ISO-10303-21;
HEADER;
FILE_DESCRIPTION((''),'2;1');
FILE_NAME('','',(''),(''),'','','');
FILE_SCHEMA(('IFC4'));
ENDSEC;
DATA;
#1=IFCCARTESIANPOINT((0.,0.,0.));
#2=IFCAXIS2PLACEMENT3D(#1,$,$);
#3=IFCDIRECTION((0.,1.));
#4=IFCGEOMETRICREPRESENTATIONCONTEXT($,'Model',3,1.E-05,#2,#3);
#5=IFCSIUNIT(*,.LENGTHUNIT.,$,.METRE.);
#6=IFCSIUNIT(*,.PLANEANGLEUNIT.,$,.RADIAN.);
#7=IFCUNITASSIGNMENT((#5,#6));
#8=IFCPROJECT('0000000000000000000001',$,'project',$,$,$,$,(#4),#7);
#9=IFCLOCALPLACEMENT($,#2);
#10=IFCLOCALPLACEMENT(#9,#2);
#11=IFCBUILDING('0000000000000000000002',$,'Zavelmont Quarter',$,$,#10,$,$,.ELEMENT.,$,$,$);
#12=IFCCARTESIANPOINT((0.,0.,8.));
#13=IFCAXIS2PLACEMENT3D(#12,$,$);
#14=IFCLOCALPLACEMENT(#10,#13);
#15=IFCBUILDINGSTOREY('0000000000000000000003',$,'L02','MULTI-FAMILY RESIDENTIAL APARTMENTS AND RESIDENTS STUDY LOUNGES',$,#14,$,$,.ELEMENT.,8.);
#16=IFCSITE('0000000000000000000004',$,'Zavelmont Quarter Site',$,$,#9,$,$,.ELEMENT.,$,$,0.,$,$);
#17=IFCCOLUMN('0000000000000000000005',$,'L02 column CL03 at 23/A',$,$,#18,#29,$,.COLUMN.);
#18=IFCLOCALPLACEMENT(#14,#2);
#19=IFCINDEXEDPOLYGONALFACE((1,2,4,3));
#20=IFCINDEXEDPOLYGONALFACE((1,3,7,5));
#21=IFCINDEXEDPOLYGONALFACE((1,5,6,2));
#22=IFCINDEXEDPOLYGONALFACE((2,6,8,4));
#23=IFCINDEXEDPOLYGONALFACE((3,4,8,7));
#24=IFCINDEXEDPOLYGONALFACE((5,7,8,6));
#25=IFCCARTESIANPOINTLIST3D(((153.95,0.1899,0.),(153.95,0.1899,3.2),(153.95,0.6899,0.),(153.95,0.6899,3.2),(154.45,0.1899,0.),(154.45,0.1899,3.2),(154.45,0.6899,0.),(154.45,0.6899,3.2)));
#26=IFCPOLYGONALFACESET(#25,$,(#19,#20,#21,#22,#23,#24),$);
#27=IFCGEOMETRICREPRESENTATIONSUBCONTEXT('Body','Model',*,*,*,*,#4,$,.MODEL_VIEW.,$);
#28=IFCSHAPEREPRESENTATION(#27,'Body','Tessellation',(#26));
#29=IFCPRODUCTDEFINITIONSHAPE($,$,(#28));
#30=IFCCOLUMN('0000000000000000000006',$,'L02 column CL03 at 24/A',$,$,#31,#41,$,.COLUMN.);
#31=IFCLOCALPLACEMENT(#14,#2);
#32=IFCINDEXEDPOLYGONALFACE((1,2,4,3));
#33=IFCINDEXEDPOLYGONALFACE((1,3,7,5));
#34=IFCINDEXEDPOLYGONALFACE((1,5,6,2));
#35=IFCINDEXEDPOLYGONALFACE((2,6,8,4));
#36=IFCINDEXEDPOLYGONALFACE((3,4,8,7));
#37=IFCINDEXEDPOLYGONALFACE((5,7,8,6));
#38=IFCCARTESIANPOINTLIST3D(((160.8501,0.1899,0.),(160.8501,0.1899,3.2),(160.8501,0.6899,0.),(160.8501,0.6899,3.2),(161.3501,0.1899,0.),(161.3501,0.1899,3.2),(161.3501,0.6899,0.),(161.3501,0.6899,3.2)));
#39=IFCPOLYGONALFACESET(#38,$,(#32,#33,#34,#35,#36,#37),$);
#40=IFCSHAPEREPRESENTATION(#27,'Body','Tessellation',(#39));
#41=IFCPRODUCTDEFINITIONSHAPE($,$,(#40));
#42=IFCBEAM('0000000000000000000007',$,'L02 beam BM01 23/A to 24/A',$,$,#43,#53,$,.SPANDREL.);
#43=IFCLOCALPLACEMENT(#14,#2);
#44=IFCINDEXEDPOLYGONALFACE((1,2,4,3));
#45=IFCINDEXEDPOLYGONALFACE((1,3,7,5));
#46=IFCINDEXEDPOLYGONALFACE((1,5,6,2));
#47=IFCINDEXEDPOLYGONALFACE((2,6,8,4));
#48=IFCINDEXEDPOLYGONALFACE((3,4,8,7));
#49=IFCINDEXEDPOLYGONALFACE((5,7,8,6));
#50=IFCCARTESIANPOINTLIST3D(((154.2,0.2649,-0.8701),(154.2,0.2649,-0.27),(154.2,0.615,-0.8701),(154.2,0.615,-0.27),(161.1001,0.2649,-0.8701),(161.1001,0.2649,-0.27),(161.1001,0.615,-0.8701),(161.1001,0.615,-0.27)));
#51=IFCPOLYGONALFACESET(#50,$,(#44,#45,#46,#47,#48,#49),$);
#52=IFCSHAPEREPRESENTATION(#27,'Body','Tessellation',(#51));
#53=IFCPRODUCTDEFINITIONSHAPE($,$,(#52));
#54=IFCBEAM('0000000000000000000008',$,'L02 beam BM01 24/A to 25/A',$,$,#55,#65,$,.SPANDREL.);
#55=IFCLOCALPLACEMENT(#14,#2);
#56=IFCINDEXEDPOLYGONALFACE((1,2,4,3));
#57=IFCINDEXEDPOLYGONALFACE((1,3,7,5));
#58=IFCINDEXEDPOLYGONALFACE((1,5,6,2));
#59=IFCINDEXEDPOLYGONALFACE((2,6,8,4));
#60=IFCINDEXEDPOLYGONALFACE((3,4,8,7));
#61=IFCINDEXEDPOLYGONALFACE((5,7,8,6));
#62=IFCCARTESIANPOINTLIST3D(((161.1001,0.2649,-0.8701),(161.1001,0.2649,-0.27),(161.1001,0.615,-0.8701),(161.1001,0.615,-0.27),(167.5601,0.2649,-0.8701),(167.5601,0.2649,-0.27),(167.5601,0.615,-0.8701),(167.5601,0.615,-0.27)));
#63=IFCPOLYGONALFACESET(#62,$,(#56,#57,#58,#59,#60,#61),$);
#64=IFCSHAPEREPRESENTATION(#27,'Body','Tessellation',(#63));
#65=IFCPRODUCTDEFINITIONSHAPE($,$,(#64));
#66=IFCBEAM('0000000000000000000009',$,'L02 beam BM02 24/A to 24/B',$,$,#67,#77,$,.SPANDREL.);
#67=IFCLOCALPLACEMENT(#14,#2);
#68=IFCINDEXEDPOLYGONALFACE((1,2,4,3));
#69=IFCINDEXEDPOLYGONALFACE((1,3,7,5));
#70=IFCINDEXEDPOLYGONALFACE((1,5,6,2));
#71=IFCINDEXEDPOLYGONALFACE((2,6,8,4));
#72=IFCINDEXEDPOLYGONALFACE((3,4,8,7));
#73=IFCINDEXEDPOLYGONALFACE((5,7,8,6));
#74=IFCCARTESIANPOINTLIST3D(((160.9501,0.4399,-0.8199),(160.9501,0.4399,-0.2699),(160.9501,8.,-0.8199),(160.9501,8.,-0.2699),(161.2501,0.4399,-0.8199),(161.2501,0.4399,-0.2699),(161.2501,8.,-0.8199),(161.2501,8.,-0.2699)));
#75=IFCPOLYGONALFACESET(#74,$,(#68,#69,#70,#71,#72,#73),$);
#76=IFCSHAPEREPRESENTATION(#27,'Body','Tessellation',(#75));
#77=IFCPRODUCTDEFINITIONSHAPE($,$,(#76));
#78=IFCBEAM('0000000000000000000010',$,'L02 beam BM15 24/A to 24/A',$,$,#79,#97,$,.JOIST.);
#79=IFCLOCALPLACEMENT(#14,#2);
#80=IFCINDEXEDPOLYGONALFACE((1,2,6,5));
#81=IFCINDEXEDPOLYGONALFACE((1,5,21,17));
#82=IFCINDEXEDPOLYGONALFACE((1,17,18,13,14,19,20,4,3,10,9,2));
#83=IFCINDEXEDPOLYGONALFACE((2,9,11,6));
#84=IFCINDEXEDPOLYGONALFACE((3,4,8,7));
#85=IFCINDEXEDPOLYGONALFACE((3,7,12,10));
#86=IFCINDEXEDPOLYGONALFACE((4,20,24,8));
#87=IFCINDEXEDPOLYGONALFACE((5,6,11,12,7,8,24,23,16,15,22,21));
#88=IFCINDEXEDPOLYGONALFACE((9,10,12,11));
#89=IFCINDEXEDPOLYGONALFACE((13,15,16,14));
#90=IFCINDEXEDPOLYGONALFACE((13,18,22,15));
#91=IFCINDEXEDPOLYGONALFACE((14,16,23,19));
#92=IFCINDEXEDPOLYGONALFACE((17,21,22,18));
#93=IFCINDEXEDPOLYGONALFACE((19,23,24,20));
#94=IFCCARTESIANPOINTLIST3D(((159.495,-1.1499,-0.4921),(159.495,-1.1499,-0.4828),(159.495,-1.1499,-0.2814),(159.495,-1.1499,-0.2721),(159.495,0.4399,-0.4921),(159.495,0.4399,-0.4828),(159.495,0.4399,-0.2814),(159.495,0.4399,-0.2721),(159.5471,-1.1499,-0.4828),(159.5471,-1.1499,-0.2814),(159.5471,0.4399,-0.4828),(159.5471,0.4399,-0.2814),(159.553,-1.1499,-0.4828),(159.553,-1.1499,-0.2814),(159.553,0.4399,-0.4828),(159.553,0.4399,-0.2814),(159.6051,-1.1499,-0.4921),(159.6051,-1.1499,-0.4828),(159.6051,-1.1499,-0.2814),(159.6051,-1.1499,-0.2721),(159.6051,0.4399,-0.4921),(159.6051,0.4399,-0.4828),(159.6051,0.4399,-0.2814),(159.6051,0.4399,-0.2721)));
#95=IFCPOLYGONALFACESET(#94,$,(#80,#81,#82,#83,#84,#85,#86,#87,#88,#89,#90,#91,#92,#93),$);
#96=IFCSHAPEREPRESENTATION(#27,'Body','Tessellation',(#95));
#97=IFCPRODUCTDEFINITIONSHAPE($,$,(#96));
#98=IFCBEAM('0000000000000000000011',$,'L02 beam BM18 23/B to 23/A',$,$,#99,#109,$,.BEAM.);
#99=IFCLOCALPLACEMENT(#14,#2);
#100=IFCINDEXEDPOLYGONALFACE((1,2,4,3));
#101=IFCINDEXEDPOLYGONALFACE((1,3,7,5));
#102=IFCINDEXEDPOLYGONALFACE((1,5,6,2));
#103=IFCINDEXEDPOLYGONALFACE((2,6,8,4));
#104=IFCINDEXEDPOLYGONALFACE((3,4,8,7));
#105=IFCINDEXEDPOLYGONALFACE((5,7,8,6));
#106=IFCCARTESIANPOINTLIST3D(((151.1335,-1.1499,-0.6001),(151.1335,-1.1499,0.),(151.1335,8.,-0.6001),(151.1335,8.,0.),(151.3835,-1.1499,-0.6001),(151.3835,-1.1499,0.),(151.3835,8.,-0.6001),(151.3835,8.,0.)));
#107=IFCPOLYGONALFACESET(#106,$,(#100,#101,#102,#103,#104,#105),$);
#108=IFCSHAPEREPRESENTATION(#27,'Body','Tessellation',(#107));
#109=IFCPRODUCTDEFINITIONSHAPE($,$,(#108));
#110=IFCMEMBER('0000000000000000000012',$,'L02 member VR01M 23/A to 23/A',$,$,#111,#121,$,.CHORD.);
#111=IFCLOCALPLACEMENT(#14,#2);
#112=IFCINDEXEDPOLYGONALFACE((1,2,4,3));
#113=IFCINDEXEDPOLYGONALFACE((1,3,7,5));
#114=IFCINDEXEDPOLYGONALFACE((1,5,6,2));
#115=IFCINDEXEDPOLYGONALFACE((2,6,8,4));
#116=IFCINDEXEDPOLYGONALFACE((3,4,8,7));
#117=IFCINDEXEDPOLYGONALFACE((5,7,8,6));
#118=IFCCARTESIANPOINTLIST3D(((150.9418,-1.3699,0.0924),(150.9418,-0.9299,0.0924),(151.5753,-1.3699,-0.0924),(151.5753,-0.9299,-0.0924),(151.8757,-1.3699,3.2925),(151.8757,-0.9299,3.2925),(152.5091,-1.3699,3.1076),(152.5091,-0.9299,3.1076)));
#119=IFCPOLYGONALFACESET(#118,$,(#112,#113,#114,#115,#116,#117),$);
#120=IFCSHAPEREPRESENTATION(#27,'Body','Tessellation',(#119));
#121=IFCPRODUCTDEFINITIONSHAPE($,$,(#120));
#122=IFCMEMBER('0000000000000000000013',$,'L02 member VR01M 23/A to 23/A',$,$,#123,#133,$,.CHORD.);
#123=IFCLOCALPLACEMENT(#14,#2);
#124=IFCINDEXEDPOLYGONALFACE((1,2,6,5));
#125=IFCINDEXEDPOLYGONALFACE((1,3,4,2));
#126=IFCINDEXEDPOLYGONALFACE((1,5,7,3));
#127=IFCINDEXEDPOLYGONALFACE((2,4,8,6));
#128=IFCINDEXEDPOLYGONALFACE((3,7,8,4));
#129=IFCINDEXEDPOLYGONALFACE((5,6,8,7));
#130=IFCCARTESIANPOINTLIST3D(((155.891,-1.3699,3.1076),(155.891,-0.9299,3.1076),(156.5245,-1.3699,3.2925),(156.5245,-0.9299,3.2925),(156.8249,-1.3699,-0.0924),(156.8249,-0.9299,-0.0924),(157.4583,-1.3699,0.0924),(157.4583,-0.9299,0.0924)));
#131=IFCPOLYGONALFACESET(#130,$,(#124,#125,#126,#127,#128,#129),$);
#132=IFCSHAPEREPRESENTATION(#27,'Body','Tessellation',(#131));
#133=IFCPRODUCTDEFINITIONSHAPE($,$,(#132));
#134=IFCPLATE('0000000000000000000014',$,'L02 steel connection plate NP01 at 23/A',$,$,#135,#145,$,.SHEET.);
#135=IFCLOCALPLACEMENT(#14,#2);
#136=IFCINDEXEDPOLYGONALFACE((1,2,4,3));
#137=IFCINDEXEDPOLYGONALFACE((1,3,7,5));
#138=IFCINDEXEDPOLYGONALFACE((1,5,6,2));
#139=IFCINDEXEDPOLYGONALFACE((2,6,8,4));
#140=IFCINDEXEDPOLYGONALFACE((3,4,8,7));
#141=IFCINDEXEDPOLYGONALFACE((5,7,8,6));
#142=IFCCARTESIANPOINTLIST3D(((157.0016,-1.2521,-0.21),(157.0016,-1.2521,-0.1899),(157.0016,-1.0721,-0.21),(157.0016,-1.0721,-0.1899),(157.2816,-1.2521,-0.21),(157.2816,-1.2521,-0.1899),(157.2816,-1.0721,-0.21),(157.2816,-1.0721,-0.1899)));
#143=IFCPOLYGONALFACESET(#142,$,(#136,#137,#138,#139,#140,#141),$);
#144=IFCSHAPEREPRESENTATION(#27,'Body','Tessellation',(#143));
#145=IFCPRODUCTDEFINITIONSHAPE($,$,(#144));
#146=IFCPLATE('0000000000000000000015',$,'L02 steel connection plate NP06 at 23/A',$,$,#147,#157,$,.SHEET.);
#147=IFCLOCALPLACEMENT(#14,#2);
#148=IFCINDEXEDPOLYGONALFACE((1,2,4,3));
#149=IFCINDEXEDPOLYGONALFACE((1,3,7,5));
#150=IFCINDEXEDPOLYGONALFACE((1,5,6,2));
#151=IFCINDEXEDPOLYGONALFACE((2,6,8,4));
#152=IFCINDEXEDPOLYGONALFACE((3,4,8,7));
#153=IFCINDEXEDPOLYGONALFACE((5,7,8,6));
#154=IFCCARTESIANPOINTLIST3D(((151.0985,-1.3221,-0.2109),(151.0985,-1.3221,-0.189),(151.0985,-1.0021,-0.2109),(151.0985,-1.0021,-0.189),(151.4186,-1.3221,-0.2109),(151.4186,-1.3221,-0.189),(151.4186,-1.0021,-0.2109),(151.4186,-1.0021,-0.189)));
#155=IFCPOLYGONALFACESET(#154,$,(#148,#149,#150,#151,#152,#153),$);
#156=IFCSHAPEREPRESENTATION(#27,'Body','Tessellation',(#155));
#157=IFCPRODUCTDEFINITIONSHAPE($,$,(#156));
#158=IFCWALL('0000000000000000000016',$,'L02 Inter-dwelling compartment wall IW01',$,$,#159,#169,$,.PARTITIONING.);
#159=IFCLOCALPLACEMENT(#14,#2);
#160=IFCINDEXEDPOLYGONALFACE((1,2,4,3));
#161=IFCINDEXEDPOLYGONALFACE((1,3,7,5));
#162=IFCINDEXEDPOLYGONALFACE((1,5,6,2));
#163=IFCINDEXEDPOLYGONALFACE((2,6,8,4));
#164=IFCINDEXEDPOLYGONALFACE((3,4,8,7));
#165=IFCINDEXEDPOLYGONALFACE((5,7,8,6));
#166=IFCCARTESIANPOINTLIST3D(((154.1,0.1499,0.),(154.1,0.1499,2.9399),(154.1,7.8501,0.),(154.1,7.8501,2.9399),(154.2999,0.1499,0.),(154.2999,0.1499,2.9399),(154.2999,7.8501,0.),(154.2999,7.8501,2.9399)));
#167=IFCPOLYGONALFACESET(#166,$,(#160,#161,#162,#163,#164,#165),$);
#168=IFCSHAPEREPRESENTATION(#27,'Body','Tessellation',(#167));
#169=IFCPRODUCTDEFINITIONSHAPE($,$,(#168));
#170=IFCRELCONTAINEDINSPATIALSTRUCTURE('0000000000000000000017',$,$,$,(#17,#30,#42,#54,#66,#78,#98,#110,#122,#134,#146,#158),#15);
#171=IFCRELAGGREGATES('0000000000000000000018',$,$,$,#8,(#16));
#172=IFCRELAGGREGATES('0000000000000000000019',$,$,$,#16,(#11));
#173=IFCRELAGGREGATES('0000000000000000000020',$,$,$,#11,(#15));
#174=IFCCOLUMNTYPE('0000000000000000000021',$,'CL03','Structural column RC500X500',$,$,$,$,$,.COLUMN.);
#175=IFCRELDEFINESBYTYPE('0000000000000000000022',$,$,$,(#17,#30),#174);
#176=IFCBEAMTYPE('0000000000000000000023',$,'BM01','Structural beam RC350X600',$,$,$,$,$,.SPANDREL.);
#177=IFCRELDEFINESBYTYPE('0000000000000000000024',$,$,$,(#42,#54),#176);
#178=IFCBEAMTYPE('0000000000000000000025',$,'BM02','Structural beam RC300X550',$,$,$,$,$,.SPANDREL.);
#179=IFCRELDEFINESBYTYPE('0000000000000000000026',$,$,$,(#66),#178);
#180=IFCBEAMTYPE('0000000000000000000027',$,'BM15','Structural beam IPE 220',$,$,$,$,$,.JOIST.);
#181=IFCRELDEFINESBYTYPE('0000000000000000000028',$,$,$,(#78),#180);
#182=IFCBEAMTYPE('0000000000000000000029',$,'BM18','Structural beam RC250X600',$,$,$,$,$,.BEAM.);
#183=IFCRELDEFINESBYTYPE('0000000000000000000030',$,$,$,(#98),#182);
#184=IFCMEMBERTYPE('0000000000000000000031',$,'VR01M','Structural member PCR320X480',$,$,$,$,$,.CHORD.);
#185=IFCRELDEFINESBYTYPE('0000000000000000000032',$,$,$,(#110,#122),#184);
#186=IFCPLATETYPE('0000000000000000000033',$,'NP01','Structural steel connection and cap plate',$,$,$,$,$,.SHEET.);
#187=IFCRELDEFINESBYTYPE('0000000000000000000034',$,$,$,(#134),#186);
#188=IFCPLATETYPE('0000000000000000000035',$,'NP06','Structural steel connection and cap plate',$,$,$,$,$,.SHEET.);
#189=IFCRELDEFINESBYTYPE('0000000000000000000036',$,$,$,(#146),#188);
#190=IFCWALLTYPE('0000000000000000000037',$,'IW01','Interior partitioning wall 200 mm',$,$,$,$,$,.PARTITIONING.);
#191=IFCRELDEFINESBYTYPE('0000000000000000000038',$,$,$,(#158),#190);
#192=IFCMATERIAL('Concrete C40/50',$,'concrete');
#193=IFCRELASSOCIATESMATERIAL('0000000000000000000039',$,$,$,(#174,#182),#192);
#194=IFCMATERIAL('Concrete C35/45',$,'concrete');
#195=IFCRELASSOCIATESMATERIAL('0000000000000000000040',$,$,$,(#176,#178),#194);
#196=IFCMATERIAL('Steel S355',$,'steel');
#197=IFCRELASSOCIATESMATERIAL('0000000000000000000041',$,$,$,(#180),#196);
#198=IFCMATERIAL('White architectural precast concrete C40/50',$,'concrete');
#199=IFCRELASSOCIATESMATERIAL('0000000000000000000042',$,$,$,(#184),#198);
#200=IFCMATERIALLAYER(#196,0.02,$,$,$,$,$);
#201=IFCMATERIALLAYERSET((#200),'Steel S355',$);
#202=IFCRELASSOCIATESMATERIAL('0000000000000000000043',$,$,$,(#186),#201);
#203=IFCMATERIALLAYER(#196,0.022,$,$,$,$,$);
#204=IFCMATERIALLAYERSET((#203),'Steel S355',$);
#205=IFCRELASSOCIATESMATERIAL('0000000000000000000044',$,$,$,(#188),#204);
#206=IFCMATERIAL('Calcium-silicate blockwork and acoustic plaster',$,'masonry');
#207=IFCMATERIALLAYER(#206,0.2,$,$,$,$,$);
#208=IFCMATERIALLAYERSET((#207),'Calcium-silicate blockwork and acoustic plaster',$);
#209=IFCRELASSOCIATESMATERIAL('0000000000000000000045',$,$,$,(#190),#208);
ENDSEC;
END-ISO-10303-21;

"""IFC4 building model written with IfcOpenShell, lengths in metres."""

from ifc_helpers import new_model, si_unit, direction, frame, frame_2d, origin, origin_2d, place, context, subcontext, project, spatial, rectangle, i_section, extrude, material, layer, layer_set, material_profile, profile_set, type_object, element, save


model = new_model("IFC4")

# Units and contexts
model_context = context("Model", 3, precision=1e-05, world=origin(), true_north=direction((0.0, 1.0)))
body_context = subcontext(model_context, "Body", "Model", "MODEL_VIEW")
ifc_project = project(units=[si_unit("LENGTHUNIT", "METRE"), si_unit("PLANEANGLEUNIT", "RADIAN")], contexts=[model_context])

# Site, building, storey
site_placement = place(None, origin())
site = spatial("IfcSite", under=ifc_project, at=site_placement, Name="Zavelmont Quarter Site", CompositionType="ELEMENT", RefElevation=0.0)
building_placement = place(site_placement, origin())
building = spatial("IfcBuilding", under=site, at=building_placement, Name="Zavelmont Quarter", CompositionType="ELEMENT")
storey_placement = place(building_placement, frame((0.0, 0.0, 8.0)))
storey = spatial("IfcBuildingStorey", under=building, at=storey_placement, Name="L02", Description="MULTI-FAMILY RESIDENTIAL APARTMENTS AND RESIDENTS STUDY LOUNGES", CompositionType="ELEMENT", Elevation=8.0)

# Columns
ifc_material_1 = material(Name="Concrete C40/50", Category="concrete")
ifc_material_profile_1 = material_profile(ifc_material_1, rectangle(XDim=0.5, YDim=0.5, at=origin_2d()), Name="RC500X500")
ifc_profile_set_1 = profile_set([ifc_material_profile_1], Name="Concrete C40/50")
column_type = type_object("IfcColumnType", Name="CL03", Description="Structural column RC500X500", PredefinedType="COLUMN", material=ifc_profile_set_1)
for number, where, z_axis, x_axis, name in (
    (1, (154.2, 0.4399, 0.0), (0.0, 0.0, 1.0), (1.0, 0.0, 0.0), "L02 column CL03 at 23/A"),
    (2, (161.1001, 0.4399, 0.0), (0.0, 0.0, 1.0), (1.0, 0.0, 0.0), "L02 column CL03 at 24/A"),
):
    element("IfcColumn", number, at=place(storey_placement, frame(where, z_axis=z_axis, x_axis=x_axis)), inside=storey, type_object=column_type, Name=name, PredefinedType="COLUMN", context=body_context, shape_type="SweptSolid", body=[
        extrude(rectangle(XDim=0.5, YDim=0.5, at=origin_2d()), origin(), (0.0, 0.0, 1.0), 3.2),
    ])

# Beams
ifc_material_2 = material(Name="Concrete C35/45", Category="concrete")
ifc_material_profile_2 = material_profile(ifc_material_2, rectangle(XDim=0.3501, YDim=0.6001, at=origin_2d()), Name="RC350X600")
ifc_profile_set_2 = profile_set([ifc_material_profile_2], Name="Concrete C35/45")
beam_type_1 = type_object("IfcBeamType", Name="BM01", Description="Structural beam RC350X600", PredefinedType="SPANDREL", material=ifc_profile_set_2)
beam_1_placement = place(storey_placement, frame((154.2, 0.4399, -0.5701), z_axis=(1.0, 0.0, 0.0), x_axis=(0.0, 1.0, 0.0)))
element("IfcBeam", 3, at=beam_1_placement, inside=storey, type_object=beam_type_1, Name="L02 beam BM01 23/A to 24/A", PredefinedType="SPANDREL", context=body_context, shape_type="SweptSolid", body=[
    extrude(rectangle(XDim=0.3501, YDim=0.6001, at=origin_2d()), origin(), (0.0, 0.0, 1.0), 6.9001),
])
beam_2_placement = place(storey_placement, frame((161.1001, 0.4399, -0.5701), z_axis=(1.0, 0.0, 0.0), x_axis=(0.0, 1.0, 0.0)))
element("IfcBeam", 4, at=beam_2_placement, inside=storey, type_object=beam_type_1, Name="L02 beam BM01 24/A to 25/A", PredefinedType="SPANDREL", context=body_context, shape_type="SweptSolid", body=[
    extrude(rectangle(XDim=0.3501, YDim=0.6001, at=origin_2d()), origin(), (0.0, 0.0, 1.0), 6.46),
])
ifc_material_profile_3 = material_profile(ifc_material_2, rectangle(XDim=0.3, YDim=0.55, at=origin_2d()), Name="RC300X550")
ifc_profile_set_3 = profile_set([ifc_material_profile_3], Name="Concrete C35/45")
beam_type_2 = type_object("IfcBeamType", Name="BM02", Description="Structural beam RC300X550", PredefinedType="SPANDREL", material=ifc_profile_set_3)
beam_3_placement = place(storey_placement, frame((161.1001, 0.4399, -0.5449), z_axis=(0.0, 1.0, 0.0), x_axis=(-1.0, 0.0, 0.0)))
element("IfcBeam", 5, at=beam_3_placement, inside=storey, type_object=beam_type_2, Name="L02 beam BM02 24/A to 24/B", PredefinedType="SPANDREL", context=body_context, shape_type="SweptSolid", body=[
    extrude(rectangle(XDim=0.3, YDim=0.55, at=origin_2d()), origin(), (0.0, 0.0, 1.0), 7.5601),
])
ifc_material_3 = material(Name="Steel S355", Category="steel")
ifc_material_profile_4 = material_profile(ifc_material_3, i_section(OverallWidth=0.1101, OverallDepth=0.22, WebThickness=0.0059, FlangeThickness=0.0093, at=origin_2d()), Name="IPE 220")
ifc_profile_set_4 = profile_set([ifc_material_profile_4], Name="Steel S355")
beam_type_3 = type_object("IfcBeamType", Name="BM15", Description="Structural beam IPE 220", PredefinedType="JOIST", material=ifc_profile_set_4)
beam_4_placement = place(storey_placement, frame((159.55, 0.4399, -0.3821), z_axis=(0.0, -1.0, 0.0), x_axis=(1.0, 0.0, 0.0)))
element("IfcBeam", 6, at=beam_4_placement, inside=storey, type_object=beam_type_3, Name="L02 beam BM15 24/A to 24/A", PredefinedType="JOIST", context=body_context, shape_type="SweptSolid", body=[
    extrude(i_section(OverallWidth=0.1101, OverallDepth=0.22, WebThickness=0.0059, FlangeThickness=0.0093, at=origin_2d()), origin(), (0.0, 0.0, 1.0), 1.5898),
])
ifc_material_profile_5 = material_profile(ifc_material_1, rectangle(XDim=0.25, YDim=0.6001, at=origin_2d()), Name="RC250X600")
ifc_profile_set_5 = profile_set([ifc_material_profile_5], Name="Concrete C40/50")
beam_type_4 = type_object("IfcBeamType", Name="BM18", Description="Structural beam RC250X600", PredefinedType="BEAM", material=ifc_profile_set_5)
beam_5_placement = place(storey_placement, frame((151.2585, 8.0, -0.3), z_axis=(0.0, -1.0, 0.0), x_axis=(1.0, 0.0, 0.0)))
element("IfcBeam", 7, at=beam_5_placement, inside=storey, type_object=beam_type_4, Name="L02 beam BM18 23/B to 23/A", PredefinedType="BEAM", context=body_context, shape_type="SweptSolid", body=[
    extrude(rectangle(XDim=0.25, YDim=0.6001, at=origin_2d()), origin(), (0.0, 0.0, 1.0), 9.1499),
])

# Members
ifc_material_4 = material(Name="White architectural precast concrete C40/50", Category="concrete")
ifc_material_profile_6 = material_profile(ifc_material_4, rectangle(XDim=0.4399, YDim=0.6599, at=origin_2d()), Name="PCR320X480")
ifc_profile_set_6 = profile_set([ifc_material_profile_6], Name="White architectural precast concrete C40/50")
member_type = type_object("IfcMemberType", Name="VR01M", Description="Structural member PCR320X480", PredefinedType="CHORD", material=ifc_profile_set_6)
for number, where, z_axis, x_axis, name in (
    (8, (151.2585, -1.1499, 0.0), (0.280143, 0.0, 0.959958), (0.0, 1.0, 0.0), "L02 member VR01M 23/A to 23/A"),
    (9, (157.1416, -1.1499, 0.0), (-0.280143, 0.0, 0.959958), (0.0, -1.0, 0.0), "L02 member VR01M 23/A to 23/A"),
):
    element("IfcMember", number, at=place(storey_placement, frame(where, z_axis=z_axis, x_axis=x_axis)), inside=storey, type_object=member_type, Name=name, PredefinedType="CHORD", context=body_context, shape_type="SweptSolid", body=[
        extrude(rectangle(XDim=0.4399, YDim=0.6599, at=origin_2d()), origin(), (0.0, 0.0, 1.0), 3.3335),
    ])

# Plates
ifc_layer_1 = layer(ifc_material_3, 0.02)
ifc_layer_set_1 = layer_set([ifc_layer_1], Name="Steel S355")
plate_type_1 = type_object("IfcPlateType", Name="NP01", Description="Structural steel connection and cap plate", PredefinedType="SHEET", material=ifc_layer_set_1)
plate_1_placement = place(storey_placement, frame((157.1416, -1.1621, -0.21), z_axis=(0.0, 0.0, 1.0), x_axis=(1.0, 0.0, 0.0)))
element("IfcPlate", 10, at=plate_1_placement, inside=storey, type_object=plate_type_1, Name="L02 steel connection plate NP01 at 23/A", PredefinedType="SHEET", context=body_context, shape_type="SweptSolid", body=[
    extrude(rectangle(XDim=0.28, YDim=0.1799, at=origin_2d()), origin(), (0.0, 0.0, 1.0), 0.02),
])
ifc_layer_2 = layer(ifc_material_3, 0.022)
ifc_layer_set_2 = layer_set([ifc_layer_2], Name="Steel S355")
plate_type_2 = type_object("IfcPlateType", Name="NP06", Description="Structural steel connection and cap plate", PredefinedType="SHEET", material=ifc_layer_set_2)
plate_2_placement = place(storey_placement, frame((151.2585, -1.1621, -0.2109), z_axis=(0.0, 0.0, 1.0), x_axis=(1.0, 0.0, 0.0)))
element("IfcPlate", 11, at=plate_2_placement, inside=storey, type_object=plate_type_2, Name="L02 steel connection plate NP06 at 23/A", PredefinedType="SHEET", context=body_context, shape_type="SweptSolid", body=[
    extrude(rectangle(XDim=0.3201, YDim=0.3201, at=origin_2d()), origin(), (0.0, 0.0, 1.0), 0.022),
])

# Wall
ifc_material_5 = material(Name="Calcium-silicate blockwork and acoustic plaster", Category="masonry")
ifc_layer_3 = layer(ifc_material_5, 0.2)
ifc_layer_set_3 = layer_set([ifc_layer_3], Name="Calcium-silicate blockwork and acoustic plaster")
wall_type_1 = type_object("IfcWallType", Name="IW01", Description="Interior partitioning wall 200 mm", PredefinedType="PARTITIONING", material=ifc_layer_set_3)
wall_1_placement = place(storey_placement, frame((154.2, 7.8501, 0.0), z_axis=(0.0, 0.0, 1.0), x_axis=(0.0, -1.0, 0.0)))
element("IfcWall", 12, at=wall_1_placement, inside=storey, type_object=wall_type_1, Name="L02 Inter-dwelling compartment wall IW01", PredefinedType="PARTITIONING", context=body_context, shape_type="SweptSolid", body=[
    extrude(rectangle(XDim=7.7002, YDim=0.2, at=frame_2d((3.8501, 0.0))), origin(), (0.0, 0.0, 1.0), 2.9399),
])

save(model, "model.ifc")
